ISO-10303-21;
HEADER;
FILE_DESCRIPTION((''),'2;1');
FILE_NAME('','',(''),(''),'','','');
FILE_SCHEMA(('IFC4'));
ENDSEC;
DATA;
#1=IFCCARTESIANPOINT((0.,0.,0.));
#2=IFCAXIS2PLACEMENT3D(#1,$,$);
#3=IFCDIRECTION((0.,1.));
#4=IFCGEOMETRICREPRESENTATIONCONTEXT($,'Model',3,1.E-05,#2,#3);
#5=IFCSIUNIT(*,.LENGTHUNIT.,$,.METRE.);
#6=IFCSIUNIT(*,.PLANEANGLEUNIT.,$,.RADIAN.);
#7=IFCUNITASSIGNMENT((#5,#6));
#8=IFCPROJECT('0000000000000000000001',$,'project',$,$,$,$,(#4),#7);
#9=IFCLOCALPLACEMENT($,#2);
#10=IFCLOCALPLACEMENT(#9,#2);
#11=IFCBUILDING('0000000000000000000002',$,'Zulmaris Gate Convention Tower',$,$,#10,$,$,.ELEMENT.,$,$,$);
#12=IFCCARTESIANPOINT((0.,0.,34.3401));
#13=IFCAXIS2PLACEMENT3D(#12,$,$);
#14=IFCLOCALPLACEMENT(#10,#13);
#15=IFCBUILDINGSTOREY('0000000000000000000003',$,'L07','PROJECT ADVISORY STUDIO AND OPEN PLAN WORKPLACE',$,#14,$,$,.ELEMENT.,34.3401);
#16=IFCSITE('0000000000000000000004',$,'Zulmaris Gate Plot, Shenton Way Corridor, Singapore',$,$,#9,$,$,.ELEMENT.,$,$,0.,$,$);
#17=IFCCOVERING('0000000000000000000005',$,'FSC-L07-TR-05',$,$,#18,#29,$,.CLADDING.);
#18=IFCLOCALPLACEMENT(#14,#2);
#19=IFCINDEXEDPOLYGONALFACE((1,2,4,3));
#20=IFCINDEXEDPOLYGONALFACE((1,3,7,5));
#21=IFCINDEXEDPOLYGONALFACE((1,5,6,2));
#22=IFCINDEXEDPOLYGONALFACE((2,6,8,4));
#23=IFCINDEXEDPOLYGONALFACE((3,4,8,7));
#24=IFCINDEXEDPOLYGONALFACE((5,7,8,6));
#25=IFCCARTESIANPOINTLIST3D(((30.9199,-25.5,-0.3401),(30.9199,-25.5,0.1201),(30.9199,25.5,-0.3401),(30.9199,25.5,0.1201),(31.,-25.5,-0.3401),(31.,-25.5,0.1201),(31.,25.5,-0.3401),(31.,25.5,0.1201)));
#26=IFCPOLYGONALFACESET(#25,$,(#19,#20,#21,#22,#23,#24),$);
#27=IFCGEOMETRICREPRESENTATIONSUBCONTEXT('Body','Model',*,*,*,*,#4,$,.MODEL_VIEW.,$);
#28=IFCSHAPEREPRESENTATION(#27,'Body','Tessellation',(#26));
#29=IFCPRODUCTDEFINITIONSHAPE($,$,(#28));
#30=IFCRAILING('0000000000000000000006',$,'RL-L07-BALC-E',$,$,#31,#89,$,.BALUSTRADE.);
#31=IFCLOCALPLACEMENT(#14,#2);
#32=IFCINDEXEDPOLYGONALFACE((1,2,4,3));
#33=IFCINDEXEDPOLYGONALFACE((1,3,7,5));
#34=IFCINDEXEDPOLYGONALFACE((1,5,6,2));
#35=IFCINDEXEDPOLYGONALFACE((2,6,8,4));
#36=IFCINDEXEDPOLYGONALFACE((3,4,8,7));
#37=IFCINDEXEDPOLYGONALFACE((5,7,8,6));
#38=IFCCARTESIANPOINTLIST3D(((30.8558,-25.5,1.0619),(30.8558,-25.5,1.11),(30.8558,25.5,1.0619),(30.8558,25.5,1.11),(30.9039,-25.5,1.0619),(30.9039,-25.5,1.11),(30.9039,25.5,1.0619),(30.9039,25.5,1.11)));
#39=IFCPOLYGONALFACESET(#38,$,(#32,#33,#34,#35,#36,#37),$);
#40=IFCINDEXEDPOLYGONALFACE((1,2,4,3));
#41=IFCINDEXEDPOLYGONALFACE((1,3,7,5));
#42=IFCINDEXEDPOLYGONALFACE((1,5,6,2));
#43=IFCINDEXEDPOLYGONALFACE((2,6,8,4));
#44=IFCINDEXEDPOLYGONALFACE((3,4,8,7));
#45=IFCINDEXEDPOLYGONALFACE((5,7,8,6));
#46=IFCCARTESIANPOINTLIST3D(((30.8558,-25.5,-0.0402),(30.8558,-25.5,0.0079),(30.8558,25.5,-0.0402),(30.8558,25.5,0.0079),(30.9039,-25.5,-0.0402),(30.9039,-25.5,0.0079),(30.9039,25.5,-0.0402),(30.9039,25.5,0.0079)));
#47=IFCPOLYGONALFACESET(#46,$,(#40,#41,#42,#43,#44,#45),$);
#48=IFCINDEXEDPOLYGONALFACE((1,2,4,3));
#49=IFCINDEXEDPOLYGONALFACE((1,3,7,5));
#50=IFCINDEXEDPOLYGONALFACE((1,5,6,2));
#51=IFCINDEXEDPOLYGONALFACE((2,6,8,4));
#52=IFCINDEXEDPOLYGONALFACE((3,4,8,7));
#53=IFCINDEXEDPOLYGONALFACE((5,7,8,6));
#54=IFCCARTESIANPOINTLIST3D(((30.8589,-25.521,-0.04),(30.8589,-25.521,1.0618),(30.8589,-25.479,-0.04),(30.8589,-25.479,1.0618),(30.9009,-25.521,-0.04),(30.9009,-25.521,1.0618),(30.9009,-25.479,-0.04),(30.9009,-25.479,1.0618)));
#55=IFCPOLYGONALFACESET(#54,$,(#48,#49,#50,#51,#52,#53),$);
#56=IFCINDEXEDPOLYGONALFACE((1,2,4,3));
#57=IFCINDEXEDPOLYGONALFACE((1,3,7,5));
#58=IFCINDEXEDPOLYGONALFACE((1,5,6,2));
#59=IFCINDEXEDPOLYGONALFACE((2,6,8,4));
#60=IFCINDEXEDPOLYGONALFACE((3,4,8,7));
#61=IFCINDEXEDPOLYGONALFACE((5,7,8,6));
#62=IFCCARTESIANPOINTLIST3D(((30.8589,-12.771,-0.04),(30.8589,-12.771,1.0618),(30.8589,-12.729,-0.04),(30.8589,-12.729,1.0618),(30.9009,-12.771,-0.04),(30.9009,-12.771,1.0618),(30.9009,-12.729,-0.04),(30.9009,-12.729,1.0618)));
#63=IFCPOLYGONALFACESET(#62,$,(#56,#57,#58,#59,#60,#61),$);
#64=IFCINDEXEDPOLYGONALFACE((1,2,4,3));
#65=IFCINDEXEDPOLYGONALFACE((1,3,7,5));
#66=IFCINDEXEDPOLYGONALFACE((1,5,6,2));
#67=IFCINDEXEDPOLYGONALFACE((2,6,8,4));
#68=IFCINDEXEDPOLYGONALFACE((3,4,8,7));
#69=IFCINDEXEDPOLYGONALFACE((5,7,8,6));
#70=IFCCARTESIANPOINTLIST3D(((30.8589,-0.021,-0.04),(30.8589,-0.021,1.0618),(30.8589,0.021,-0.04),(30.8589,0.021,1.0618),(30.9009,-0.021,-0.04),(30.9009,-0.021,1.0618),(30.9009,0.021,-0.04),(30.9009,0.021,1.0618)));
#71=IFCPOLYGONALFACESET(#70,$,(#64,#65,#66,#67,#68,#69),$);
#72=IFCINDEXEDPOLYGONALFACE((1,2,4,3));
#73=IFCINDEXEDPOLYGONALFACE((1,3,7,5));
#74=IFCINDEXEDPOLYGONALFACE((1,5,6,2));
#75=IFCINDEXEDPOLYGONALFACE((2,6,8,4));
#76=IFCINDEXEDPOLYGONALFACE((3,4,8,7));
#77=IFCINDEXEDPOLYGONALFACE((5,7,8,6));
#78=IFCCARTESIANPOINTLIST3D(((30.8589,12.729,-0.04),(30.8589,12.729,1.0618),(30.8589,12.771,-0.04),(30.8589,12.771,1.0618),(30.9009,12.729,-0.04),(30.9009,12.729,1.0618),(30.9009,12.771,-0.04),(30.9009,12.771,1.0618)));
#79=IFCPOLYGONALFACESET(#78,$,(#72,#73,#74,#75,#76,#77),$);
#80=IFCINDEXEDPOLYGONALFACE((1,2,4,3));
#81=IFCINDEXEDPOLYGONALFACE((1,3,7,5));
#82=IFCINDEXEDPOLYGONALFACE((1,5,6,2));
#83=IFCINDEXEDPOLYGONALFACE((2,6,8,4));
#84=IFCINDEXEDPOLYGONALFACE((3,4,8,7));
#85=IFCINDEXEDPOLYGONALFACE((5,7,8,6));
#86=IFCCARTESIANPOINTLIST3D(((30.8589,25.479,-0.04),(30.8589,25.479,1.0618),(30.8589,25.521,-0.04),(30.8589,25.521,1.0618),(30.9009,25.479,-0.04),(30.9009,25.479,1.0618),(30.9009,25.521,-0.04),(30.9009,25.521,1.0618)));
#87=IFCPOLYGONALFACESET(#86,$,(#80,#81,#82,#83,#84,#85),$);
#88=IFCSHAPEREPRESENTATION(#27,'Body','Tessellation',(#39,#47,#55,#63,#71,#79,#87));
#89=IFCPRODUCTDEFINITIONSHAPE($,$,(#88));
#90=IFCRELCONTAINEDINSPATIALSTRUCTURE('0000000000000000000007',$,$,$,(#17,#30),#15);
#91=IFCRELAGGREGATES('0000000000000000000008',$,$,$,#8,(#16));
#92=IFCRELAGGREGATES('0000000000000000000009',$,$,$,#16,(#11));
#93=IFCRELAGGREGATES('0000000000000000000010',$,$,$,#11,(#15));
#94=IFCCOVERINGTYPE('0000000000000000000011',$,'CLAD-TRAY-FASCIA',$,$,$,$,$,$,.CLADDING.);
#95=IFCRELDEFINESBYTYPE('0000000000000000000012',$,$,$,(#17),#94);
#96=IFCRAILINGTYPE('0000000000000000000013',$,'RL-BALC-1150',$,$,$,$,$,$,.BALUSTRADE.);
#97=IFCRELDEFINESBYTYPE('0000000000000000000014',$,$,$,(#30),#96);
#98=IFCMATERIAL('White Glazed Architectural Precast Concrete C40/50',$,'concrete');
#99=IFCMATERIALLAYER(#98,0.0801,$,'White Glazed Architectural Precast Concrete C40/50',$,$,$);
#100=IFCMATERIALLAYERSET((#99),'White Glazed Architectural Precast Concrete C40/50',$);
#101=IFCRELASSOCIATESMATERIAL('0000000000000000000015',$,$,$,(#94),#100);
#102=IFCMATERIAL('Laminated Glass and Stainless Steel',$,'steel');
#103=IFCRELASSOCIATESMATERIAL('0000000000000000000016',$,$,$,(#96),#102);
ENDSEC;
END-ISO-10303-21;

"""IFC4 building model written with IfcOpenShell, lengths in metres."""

from ifc_helpers import new_model, si_unit, direction, frame, frame_2d, origin, origin_2d, place, context, subcontext, project, spatial, rectangle, extrude, material, layer, layer_set, type_object, element, save


model = new_model("IFC4")

# Units and contexts
model_context = context("Model", 3, precision=1e-05, world=origin(), true_north=direction((0.0, 1.0)))
body_context = subcontext(model_context, "Body", "Model", "MODEL_VIEW")
ifc_project = project(units=[si_unit("LENGTHUNIT", "METRE"), si_unit("PLANEANGLEUNIT", "RADIAN")], contexts=[model_context])

# Site, building, storey
site_placement = place(None, origin())
site = spatial("IfcSite", under=ifc_project, at=site_placement, Name="Zulmaris Gate Plot, Shenton Way Corridor, Singapore", CompositionType="ELEMENT", RefElevation=0.0)
building_placement = place(site_placement, origin())
building = spatial("IfcBuilding", under=site, at=building_placement, Name="Zulmaris Gate Convention Tower", CompositionType="ELEMENT")
storey_placement = place(building_placement, frame((0.0, 0.0, 34.3401)))
storey = spatial("IfcBuildingStorey", under=building, at=storey_placement, Name="L07", Description="PROJECT ADVISORY STUDIO AND OPEN PLAN WORKPLACE", CompositionType="ELEMENT", Elevation=34.3401)

# Covering
ifc_material_1 = material(Name="White Glazed Architectural Precast Concrete C40/50", Category="concrete")
ifc_layer_1 = layer(ifc_material_1, 0.0801, Name="White Glazed Architectural Precast Concrete C40/50")
ifc_layer_set_1 = layer_set([ifc_layer_1], Name="White Glazed Architectural Precast Concrete C40/50")
covering_type_1 = type_object("IfcCoveringType", Name="CLAD-TRAY-FASCIA", PredefinedType="CLADDING", material=ifc_layer_set_1)
covering_1_placement = place(storey_placement, frame((30.96, -25.5, -0.3401), z_axis=(0.0, 0.0, 1.0), x_axis=(0.0, 1.0, 0.0)))
element("IfcCovering", 1, at=covering_1_placement, inside=storey, type_object=covering_type_1, Name="FSC-L07-TR-05", PredefinedType="CLADDING", context=body_context, shape_type="SweptSolid", body=[
    extrude(rectangle(XDim=51.0, YDim=0.0801, at=frame_2d((25.5, 0.0))), origin(), (0.0, 0.0, 1.0), 0.4602),
])

# Railing
ifc_material_2 = material(Name="Laminated Glass and Stainless Steel", Category="steel")
railing_type = type_object("IfcRailingType", Name="RL-BALC-1150", PredefinedType="BALUSTRADE", material=ifc_material_2)
railing_placement = place(storey_placement, frame((30.8799, -25.5, -0.04)))
element("IfcRailing", 2, at=railing_placement, inside=storey, type_object=railing_type, Name="RL-L07-BALC-E", PredefinedType="BALUSTRADE", context=body_context, shape_type="SweptSolid", body=[
    extrude(rectangle(XDim=0.0481, YDim=0.0481, at=origin_2d()), frame((0.0, 0.0, 1.126), z_axis=(0.0, 1.0, 0.0), x_axis=(-1.0, 0.0, 0.0)), (0.0, 0.0, 1.0), 51.0),
    extrude(rectangle(XDim=0.0481, YDim=0.0481, at=origin_2d()), frame((0.0, 0.0, 0.0239), z_axis=(0.0, 1.0, 0.0), x_axis=(-1.0, 0.0, 0.0)), (0.0, 0.0, 1.0), 51.0),
    extrude(rectangle(XDim=0.042, YDim=0.042, at=origin_2d()), origin(), (0.0, 0.0, 1.0), 1.1018),
    extrude(rectangle(XDim=0.042, YDim=0.042, at=origin_2d()), frame((0.0, 12.75, 0.0)), (0.0, 0.0, 1.0), 1.1018),
    extrude(rectangle(XDim=0.042, YDim=0.042, at=origin_2d()), frame((0.0, 25.5, 0.0)), (0.0, 0.0, 1.0), 1.1018),
    extrude(rectangle(XDim=0.042, YDim=0.042, at=origin_2d()), frame((0.0, 38.25, 0.0)), (0.0, 0.0, 1.0), 1.1018),
    extrude(rectangle(XDim=0.042, YDim=0.042, at=origin_2d()), frame((0.0, 51.0, 0.0)), (0.0, 0.0, 1.0), 1.1018),
])

save(model, "model.ifc")
